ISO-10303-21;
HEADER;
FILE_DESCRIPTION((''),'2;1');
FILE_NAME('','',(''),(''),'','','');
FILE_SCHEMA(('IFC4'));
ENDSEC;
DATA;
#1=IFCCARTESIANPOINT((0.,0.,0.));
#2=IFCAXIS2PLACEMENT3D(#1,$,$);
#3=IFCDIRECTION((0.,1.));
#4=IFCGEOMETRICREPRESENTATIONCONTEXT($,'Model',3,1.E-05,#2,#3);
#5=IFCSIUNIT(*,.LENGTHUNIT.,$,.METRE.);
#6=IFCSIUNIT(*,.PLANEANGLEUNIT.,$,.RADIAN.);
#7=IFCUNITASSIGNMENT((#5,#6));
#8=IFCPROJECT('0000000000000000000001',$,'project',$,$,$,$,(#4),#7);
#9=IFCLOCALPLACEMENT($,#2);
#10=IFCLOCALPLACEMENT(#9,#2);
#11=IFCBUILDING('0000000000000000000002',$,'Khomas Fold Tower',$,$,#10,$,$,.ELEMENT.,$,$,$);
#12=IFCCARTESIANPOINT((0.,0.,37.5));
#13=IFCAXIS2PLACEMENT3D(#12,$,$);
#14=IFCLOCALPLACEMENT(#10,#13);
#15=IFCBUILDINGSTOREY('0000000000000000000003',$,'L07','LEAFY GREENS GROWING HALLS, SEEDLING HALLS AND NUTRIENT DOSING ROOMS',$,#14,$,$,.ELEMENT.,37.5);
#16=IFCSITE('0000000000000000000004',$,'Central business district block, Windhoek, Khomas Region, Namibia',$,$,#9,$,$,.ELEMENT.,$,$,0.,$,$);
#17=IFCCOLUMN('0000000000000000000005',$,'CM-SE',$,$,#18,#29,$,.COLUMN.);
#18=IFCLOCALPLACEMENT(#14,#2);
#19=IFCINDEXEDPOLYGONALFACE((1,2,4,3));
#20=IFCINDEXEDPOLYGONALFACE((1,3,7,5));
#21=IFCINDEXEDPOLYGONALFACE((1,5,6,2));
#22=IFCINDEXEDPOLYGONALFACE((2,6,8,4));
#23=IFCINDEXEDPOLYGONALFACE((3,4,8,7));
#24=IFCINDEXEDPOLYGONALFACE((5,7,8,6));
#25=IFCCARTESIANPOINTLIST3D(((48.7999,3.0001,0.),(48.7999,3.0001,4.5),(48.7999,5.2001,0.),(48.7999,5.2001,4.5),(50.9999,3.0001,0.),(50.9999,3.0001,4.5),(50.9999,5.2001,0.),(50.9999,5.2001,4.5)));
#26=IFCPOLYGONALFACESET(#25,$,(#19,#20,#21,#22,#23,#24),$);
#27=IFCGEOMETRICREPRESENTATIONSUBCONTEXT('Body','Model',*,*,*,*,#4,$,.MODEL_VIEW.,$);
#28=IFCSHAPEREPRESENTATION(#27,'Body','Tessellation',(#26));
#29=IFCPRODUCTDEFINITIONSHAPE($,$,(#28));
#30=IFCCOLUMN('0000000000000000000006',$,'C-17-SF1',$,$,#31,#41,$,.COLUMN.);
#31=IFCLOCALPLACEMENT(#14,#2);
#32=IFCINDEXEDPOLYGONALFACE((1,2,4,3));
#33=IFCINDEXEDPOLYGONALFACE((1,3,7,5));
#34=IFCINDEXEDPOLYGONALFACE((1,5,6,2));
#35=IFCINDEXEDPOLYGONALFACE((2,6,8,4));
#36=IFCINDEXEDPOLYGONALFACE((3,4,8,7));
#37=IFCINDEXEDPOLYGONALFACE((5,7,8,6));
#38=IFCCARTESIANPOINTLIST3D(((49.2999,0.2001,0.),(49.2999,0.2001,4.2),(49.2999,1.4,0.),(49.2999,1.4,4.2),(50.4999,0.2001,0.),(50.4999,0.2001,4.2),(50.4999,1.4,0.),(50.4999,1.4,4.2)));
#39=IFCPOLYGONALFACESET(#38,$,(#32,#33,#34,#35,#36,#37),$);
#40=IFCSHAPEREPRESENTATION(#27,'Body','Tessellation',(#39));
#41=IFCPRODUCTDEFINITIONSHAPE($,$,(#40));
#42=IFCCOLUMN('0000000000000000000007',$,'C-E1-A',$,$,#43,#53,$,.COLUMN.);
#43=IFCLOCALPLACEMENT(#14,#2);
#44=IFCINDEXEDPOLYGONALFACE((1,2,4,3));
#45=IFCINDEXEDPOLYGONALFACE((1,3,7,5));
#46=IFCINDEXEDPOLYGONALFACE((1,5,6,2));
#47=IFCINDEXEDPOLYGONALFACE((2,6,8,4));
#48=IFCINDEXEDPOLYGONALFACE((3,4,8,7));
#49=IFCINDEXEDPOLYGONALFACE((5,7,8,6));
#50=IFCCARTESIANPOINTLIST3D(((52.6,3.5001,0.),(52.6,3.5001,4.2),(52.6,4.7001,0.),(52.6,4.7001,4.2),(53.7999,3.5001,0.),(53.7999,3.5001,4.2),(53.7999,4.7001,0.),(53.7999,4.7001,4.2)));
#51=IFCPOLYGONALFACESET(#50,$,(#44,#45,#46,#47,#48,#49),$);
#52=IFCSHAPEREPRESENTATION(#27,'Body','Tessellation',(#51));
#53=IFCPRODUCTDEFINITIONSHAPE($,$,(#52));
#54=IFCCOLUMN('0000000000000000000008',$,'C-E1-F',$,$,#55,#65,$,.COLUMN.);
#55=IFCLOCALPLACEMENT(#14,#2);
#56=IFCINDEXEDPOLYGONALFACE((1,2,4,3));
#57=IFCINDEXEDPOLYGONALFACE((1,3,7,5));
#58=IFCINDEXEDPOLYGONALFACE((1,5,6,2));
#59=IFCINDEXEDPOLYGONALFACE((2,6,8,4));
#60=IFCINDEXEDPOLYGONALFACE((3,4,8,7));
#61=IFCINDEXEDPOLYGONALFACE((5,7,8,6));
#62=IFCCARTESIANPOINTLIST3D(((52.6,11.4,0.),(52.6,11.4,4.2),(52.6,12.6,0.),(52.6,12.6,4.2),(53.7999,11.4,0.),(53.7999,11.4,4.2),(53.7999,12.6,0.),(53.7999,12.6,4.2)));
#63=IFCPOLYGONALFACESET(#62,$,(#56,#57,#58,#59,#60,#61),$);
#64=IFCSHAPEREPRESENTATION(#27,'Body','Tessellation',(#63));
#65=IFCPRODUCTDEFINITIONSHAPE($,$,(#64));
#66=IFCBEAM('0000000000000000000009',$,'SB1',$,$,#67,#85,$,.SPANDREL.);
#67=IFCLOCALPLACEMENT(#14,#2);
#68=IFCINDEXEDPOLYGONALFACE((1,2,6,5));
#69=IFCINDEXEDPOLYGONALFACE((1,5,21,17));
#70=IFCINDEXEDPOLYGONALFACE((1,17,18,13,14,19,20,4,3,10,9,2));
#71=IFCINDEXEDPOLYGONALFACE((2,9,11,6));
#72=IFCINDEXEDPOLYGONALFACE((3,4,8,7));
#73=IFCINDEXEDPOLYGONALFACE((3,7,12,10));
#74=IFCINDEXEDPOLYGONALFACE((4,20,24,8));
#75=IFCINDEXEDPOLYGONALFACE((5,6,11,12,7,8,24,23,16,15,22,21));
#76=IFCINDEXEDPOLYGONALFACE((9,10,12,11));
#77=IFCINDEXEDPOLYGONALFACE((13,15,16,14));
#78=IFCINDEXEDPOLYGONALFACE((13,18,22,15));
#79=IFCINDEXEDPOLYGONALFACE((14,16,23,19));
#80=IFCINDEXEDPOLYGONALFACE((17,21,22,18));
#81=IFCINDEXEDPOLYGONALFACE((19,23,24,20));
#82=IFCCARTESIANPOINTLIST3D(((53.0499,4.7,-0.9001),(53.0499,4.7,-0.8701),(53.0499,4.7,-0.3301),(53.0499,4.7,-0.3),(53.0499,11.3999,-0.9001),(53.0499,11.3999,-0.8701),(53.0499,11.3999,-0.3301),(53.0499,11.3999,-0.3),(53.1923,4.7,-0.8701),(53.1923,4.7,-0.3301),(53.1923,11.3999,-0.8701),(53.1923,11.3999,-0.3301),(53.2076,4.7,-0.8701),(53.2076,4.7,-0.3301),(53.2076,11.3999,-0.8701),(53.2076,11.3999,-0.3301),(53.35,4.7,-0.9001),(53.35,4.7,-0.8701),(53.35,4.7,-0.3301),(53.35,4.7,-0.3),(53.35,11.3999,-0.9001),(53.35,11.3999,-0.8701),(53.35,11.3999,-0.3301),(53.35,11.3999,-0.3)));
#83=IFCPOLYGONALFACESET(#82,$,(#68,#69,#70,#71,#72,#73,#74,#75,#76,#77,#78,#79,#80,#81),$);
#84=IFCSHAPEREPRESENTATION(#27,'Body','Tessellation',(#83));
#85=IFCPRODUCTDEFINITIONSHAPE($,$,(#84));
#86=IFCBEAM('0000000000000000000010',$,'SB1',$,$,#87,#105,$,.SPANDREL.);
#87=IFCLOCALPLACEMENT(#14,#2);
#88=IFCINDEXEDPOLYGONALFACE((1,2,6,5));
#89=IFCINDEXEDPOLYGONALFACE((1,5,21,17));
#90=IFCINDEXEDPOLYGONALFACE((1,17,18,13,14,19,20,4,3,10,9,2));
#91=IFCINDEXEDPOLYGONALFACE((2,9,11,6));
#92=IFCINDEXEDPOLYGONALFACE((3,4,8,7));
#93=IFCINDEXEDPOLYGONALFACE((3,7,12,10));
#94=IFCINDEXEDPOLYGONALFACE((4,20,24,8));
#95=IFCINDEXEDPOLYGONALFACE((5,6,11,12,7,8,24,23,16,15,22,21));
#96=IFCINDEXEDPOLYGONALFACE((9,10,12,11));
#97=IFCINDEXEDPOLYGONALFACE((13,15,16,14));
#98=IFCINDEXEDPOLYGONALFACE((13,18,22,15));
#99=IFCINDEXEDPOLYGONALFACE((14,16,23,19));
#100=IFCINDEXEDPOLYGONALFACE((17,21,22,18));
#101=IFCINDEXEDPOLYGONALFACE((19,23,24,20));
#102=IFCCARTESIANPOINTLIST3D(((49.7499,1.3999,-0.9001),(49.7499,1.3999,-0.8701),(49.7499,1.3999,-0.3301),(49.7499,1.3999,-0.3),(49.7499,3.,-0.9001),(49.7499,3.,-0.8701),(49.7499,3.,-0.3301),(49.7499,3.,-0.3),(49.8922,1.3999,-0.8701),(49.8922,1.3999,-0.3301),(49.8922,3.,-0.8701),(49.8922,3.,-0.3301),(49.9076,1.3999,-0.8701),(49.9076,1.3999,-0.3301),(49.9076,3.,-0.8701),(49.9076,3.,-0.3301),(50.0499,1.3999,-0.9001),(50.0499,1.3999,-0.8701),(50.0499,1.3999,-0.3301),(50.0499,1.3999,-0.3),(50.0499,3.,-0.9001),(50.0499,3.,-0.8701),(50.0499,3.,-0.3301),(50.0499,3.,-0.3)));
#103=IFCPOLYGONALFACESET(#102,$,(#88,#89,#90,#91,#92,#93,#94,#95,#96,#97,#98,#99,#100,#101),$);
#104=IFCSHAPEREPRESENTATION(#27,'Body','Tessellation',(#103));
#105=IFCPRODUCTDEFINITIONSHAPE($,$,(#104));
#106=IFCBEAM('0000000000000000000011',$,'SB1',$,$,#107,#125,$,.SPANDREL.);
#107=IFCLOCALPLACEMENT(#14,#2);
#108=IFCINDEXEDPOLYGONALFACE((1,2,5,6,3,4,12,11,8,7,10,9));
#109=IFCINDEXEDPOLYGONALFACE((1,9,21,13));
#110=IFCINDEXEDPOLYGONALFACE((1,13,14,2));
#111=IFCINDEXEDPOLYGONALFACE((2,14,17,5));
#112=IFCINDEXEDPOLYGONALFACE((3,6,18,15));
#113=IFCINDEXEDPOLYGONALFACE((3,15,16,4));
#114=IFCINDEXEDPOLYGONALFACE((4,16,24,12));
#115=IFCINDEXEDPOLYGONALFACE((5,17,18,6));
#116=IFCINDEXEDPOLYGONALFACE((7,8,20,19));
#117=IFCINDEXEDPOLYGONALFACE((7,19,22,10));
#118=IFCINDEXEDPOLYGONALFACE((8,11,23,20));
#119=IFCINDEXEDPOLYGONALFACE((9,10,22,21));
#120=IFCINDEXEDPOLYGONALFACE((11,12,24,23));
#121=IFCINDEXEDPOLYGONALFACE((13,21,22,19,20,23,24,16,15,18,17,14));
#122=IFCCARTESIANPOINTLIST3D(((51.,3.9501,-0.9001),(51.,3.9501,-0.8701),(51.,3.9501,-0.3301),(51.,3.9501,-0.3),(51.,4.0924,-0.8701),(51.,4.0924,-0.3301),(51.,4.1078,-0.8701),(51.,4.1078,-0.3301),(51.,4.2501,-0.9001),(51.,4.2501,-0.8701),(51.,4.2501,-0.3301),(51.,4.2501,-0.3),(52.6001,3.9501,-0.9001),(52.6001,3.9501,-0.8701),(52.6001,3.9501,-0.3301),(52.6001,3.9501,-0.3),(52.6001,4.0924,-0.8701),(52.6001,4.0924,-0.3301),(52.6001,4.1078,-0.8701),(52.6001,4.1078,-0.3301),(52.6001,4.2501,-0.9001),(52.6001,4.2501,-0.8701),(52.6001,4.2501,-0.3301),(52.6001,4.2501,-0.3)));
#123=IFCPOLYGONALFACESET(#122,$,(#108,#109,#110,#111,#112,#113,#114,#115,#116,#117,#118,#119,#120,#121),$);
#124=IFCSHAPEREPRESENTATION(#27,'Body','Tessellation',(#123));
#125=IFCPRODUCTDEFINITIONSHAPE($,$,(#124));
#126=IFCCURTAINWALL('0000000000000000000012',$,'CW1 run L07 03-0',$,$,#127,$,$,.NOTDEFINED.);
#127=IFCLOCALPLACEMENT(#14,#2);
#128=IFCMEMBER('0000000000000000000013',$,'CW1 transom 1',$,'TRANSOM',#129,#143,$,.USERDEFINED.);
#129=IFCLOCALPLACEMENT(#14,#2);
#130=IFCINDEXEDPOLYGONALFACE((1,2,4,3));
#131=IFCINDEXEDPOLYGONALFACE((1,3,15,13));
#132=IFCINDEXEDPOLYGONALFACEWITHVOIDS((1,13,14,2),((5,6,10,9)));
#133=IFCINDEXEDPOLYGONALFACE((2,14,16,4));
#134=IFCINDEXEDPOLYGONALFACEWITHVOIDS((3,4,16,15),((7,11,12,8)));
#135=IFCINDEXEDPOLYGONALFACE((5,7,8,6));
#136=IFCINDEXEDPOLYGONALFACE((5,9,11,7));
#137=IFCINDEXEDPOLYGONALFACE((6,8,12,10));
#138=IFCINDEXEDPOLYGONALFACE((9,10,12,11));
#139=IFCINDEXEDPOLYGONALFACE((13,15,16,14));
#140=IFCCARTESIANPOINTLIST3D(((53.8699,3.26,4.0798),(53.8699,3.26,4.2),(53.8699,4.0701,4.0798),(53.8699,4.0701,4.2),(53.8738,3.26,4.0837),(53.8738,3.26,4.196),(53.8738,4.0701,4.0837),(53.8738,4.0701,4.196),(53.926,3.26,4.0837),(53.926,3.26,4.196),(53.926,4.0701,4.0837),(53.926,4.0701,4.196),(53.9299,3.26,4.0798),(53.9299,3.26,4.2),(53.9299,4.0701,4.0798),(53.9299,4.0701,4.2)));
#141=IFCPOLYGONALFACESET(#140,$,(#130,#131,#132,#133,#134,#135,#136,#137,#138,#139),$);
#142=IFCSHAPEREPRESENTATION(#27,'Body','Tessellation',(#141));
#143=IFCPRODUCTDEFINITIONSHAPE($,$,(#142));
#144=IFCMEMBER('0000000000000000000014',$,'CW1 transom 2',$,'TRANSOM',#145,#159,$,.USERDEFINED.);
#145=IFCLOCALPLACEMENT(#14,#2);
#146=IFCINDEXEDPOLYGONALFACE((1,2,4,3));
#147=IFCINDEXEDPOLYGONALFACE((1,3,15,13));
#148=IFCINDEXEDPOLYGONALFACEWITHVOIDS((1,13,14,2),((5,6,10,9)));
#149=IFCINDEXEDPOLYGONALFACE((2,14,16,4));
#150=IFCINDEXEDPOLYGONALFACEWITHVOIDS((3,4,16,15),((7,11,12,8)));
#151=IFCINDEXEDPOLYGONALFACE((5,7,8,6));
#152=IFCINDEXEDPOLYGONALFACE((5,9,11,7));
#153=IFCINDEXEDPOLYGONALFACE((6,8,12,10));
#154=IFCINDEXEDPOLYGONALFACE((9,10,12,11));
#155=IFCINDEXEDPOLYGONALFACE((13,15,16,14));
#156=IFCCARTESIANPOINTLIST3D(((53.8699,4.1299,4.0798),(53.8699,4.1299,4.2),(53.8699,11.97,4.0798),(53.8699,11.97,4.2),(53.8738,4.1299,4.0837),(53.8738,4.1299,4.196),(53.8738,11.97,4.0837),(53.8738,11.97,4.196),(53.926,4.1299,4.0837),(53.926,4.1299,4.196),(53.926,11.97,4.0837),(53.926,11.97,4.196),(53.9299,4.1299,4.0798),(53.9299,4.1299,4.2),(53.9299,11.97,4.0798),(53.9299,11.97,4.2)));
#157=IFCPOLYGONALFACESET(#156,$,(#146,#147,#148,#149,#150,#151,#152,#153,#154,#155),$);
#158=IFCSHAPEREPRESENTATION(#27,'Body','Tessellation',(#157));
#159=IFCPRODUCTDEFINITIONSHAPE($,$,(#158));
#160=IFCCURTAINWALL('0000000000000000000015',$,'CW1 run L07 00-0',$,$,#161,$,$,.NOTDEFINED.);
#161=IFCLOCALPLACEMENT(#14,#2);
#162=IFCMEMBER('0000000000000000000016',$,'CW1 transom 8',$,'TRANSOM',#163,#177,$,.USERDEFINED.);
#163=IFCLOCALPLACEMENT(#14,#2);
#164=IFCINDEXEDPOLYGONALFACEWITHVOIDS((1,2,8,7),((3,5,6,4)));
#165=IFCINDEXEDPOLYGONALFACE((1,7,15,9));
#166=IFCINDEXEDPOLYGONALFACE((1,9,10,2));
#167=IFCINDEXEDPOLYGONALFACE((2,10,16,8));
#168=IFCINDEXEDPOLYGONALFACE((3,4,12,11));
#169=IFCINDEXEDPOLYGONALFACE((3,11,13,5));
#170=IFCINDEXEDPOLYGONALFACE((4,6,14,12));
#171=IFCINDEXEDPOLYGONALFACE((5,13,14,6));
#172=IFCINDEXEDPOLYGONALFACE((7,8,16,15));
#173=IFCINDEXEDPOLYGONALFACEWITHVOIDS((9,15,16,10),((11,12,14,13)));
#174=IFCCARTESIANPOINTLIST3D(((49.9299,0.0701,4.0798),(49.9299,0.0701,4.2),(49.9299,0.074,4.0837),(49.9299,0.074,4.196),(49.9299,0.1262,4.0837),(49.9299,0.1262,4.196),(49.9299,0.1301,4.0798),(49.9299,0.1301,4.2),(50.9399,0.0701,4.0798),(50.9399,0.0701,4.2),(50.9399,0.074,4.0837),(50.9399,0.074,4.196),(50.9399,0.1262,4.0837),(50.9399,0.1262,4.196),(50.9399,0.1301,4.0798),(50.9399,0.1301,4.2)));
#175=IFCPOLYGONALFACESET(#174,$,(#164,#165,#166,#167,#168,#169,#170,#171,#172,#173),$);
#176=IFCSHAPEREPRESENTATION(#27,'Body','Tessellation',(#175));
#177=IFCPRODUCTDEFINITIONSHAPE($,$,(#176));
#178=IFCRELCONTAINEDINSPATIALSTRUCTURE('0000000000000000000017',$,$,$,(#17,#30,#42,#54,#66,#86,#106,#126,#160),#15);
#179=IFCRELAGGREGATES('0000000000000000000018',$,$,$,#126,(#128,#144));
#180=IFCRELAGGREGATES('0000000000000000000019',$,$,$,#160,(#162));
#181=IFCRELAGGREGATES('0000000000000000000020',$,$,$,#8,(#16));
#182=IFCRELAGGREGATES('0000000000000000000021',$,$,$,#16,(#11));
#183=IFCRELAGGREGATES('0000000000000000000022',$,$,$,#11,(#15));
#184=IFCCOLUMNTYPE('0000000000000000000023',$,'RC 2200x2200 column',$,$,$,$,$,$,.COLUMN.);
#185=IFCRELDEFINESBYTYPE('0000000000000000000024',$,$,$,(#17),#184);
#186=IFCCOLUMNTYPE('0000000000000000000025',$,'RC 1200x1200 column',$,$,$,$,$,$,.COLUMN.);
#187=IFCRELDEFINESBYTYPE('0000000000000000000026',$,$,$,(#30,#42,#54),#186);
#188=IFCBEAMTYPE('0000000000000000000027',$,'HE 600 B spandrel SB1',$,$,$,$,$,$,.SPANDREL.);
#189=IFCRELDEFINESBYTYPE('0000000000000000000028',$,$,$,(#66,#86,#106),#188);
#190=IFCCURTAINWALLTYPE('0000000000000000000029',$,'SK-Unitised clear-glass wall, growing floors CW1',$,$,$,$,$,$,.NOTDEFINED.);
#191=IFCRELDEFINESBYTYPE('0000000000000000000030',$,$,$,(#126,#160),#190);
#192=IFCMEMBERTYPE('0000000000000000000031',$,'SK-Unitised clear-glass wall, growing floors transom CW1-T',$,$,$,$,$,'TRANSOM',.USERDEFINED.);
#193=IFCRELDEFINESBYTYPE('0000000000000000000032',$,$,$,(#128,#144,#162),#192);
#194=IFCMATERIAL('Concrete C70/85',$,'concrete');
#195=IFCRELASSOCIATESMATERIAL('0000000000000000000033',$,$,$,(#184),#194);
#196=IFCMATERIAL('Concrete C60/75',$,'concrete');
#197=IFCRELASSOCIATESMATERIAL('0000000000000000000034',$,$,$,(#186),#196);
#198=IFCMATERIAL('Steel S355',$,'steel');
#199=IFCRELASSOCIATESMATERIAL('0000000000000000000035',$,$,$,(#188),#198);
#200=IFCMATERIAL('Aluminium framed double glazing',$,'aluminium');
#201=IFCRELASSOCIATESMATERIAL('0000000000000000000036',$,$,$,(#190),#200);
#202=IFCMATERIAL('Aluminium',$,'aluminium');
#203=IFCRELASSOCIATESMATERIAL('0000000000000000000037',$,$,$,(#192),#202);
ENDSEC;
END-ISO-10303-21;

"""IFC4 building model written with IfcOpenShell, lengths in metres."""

from ifc_helpers import new_model, si_unit, direction, frame, origin, origin_2d, place, context, subcontext, project, spatial, rectangle, hollow_rectangle, i_section, extrude, source, transform, mapped, material, material_profile, profile_set, type_object, element, aggregate, save


model = new_model("IFC4")

# Units and contexts
model_context = context("Model", 3, precision=1e-05, world=origin(), true_north=direction((0.0, 1.0)))
body_context = subcontext(model_context, "Body", "Model", "MODEL_VIEW")
ifc_project = project(units=[si_unit("LENGTHUNIT", "METRE"), si_unit("PLANEANGLEUNIT", "RADIAN")], contexts=[model_context])

# Site, building, storey
site_placement = place(None, origin())
site = spatial("IfcSite", under=ifc_project, at=site_placement, Name="Central business district block, Windhoek, Khomas Region, Namibia", CompositionType="ELEMENT", RefElevation=0.0)
building_placement = place(site_placement, origin())
building = spatial("IfcBuilding", under=site, at=building_placement, Name="Khomas Fold Tower", CompositionType="ELEMENT")
storey_placement = place(building_placement, frame((0.0, 0.0, 37.5)))
storey = spatial("IfcBuildingStorey", under=building, at=storey_placement, Name="L07", Description="LEAFY GREENS GROWING HALLS, SEEDLING HALLS AND NUTRIENT DOSING ROOMS", CompositionType="ELEMENT", Elevation=37.5)

# Columns
ifc_material_1 = material(Name="Concrete C70/85", Category="concrete")
ifc_material_profile_1 = material_profile(ifc_material_1, rectangle(XDim=2.2, YDim=2.2, at=origin_2d()), Name="RC 2200x2200")
ifc_profile_set_1 = profile_set([ifc_material_profile_1], Name="Concrete C70/85")
column_type_1 = type_object("IfcColumnType", Name="RC 2200x2200 column", PredefinedType="COLUMN", material=ifc_profile_set_1)
shared_shape_1 = source(origin(), body_context, "Body", "SweptSolid", [
    extrude(rectangle(XDim=2.2, YDim=2.2, at=origin_2d()), origin(), (0.0, 0.0, 1.0), 4.5),
])
column_placement = place(storey_placement, frame((49.8999, 4.1001, 0.0), z_axis=(0.0, 0.0, 1.0), x_axis=(1.0, 0.0, 0.0)))
element("IfcColumn", 1, at=column_placement, inside=storey, type_object=column_type_1, Name="CM-SE", PredefinedType="COLUMN", context=body_context, shape_type="MappedRepresentation", body=[
    mapped(shared_shape_1, transform((0.0, 0.0, 0.0))),
])
ifc_material_2 = material(Name="Concrete C60/75", Category="concrete")
ifc_material_profile_2 = material_profile(ifc_material_2, rectangle(XDim=1.2, YDim=1.2, at=origin_2d()), Name="RC 1200x1200")
ifc_profile_set_2 = profile_set([ifc_material_profile_2], Name="Concrete C60/75")
column_type_2 = type_object("IfcColumnType", Name="RC 1200x1200 column", PredefinedType="COLUMN", material=ifc_profile_set_2)
shared_shape_2 = source(origin(), body_context, "Body", "SweptSolid", [
    extrude(rectangle(XDim=1.2, YDim=1.2, at=origin_2d()), origin(), (0.0, 0.0, 1.0), 4.2),
])
for number, where, z_axis, x_axis, name in (
    (2, (49.8999, 0.8, 0.0), (0.0, 0.0, 1.0), (1.0, 0.0, 0.0), "C-17-SF1"),
    (3, (53.2, 4.1001, 0.0), (0.0, 0.0, 1.0), (1.0, 0.0, 0.0), "C-E1-A"),
    (4, (53.2, 12.0, 0.0), (0.0, 0.0, 1.0), (1.0, 0.0, 0.0), "C-E1-F"),
):
    element("IfcColumn", number, at=place(storey_placement, frame(where, z_axis=z_axis, x_axis=x_axis)), inside=storey, type_object=column_type_2, Name=name, PredefinedType="COLUMN", context=body_context, shape_type="MappedRepresentation", body=[
        mapped(shared_shape_2, transform((0.0, 0.0, 0.0))),
    ])

# Beams
ifc_material_3 = material(Name="Steel S355", Category="steel")
ifc_material_profile_3 = material_profile(ifc_material_3, i_section(OverallWidth=0.3, OverallDepth=0.6001, WebThickness=0.0154, FlangeThickness=0.03, at=origin_2d()), Name="HE 600 B")
ifc_profile_set_3 = profile_set([ifc_material_profile_3], Name="Steel S355")
beam_type = type_object("IfcBeamType", Name="HE 600 B spandrel SB1", PredefinedType="SPANDREL", material=ifc_profile_set_3)
shared_shape_3 = source(origin(), body_context, "Body", "SweptSolid", [
    extrude(i_section(OverallWidth=0.3, OverallDepth=0.6001, WebThickness=0.0154, FlangeThickness=0.03, at=origin_2d()), origin(), (0.0, 0.0, 1.0), 6.7),
])
beam_placement = place(storey_placement, frame((53.2, 4.7, -0.6001), z_axis=(0.0, 1.0, 0.0), x_axis=(-1.0, 0.0, 0.0)))
element("IfcBeam", 5, at=beam_placement, inside=storey, type_object=beam_type, Name="SB1", PredefinedType="SPANDREL", context=body_context, shape_type="MappedRepresentation", body=[
    mapped(shared_shape_3, transform((0.0, 0.0, 0.0))),
])
shared_shape_4 = source(origin(), body_context, "Body", "SweptSolid", [
    extrude(i_section(OverallWidth=0.3, OverallDepth=0.6001, WebThickness=0.0154, FlangeThickness=0.03, at=origin_2d()), origin(), (0.0, 0.0, 1.0), 1.6001),
])
for number, where, z_axis, x_axis, name in (
    (6, (49.8999, 1.3999, -0.6001), (0.0, 1.0, 0.0), (-1.0, 0.0, 0.0), "SB1"),
    (7, (51.0, 4.1001, -0.6001), (1.0, 0.0, 0.0), (0.0, 1.0, 0.0), "SB1"),
):
    element("IfcBeam", number, at=place(storey_placement, frame(where, z_axis=z_axis, x_axis=x_axis)), inside=storey, type_object=beam_type, Name=name, PredefinedType="SPANDREL", context=body_context, shape_type="MappedRepresentation", body=[
        mapped(shared_shape_4, transform((0.0, 0.0, 0.0))),
    ])

# Curtain wall, members
ifc_material_4 = material(Name="Aluminium framed double glazing", Category="aluminium")
curtain_wall_type = type_object("IfcCurtainWallType", Name="SK-Unitised clear-glass wall, growing floors CW1", PredefinedType="NOTDEFINED", material=ifc_material_4)
curtain_wall_1_placement = place(storey_placement, origin())
curtain_wall_1 = element("IfcCurtainWall", 8, at=curtain_wall_1_placement, inside=storey, type_object=curtain_wall_type, Name="CW1 run L07 03-0", PredefinedType="NOTDEFINED")
ifc_material_5 = material(Name="Aluminium", Category="aluminium")
ifc_material_profile_4 = material_profile(ifc_material_5, hollow_rectangle(XDim=0.0601, YDim=0.1201, WallThickness=0.0039, at=origin_2d()), Name="SK-Unitised clear-glass wall, growing floors transom CW1-T")
ifc_profile_set_4 = profile_set([ifc_material_profile_4], Name="Aluminium")
member_type_1 = type_object("IfcMemberType", Name="SK-Unitised clear-glass wall, growing floors transom CW1-T", ElementType="TRANSOM", PredefinedType="USERDEFINED", material=ifc_profile_set_4)
shared_shape_5 = source(origin(), body_context, "Body", "SweptSolid", [
    extrude(hollow_rectangle(XDim=0.0601, YDim=0.1201, WallThickness=0.0039, at=origin_2d()), origin(), (0.0, 0.0, 1.0), 0.8101),
])
member_1_placement = place(storey_placement, frame((53.8999, 3.26, 4.1399), z_axis=(0.0, 1.0, 0.0), x_axis=(-1.0, 0.0, 0.0)))
member_1 = element("IfcMember", 9, at=member_1_placement, type_object=member_type_1, Name="CW1 transom 1", ObjectType="TRANSOM", PredefinedType="USERDEFINED", context=body_context, shape_type="MappedRepresentation", body=[
    mapped(shared_shape_5, transform((0.0, 0.0, 0.0))),
])
shared_shape_6 = source(origin(), body_context, "Body", "SweptSolid", [
    extrude(hollow_rectangle(XDim=0.0601, YDim=0.1201, WallThickness=0.0039, at=origin_2d()), origin(), (0.0, 0.0, 1.0), 7.8401),
])
member_2_placement = place(storey_placement, frame((53.8999, 4.1299, 4.1399), z_axis=(0.0, 1.0, 0.0), x_axis=(-1.0, 0.0, 0.0)))
member_2 = element("IfcMember", 10, at=member_2_placement, type_object=member_type_1, Name="CW1 transom 2", ObjectType="TRANSOM", PredefinedType="USERDEFINED", context=body_context, shape_type="MappedRepresentation", body=[
    mapped(shared_shape_6, transform((0.0, 0.0, 0.0))),
])

# Curtain wall, member
curtain_wall_2_placement = place(storey_placement, origin())
curtain_wall_2 = element("IfcCurtainWall", 11, at=curtain_wall_2_placement, inside=storey, type_object=curtain_wall_type, Name="CW1 run L07 00-0", PredefinedType="NOTDEFINED")
shared_shape_7 = source(origin(), body_context, "Body", "SweptSolid", [
    extrude(hollow_rectangle(XDim=0.0601, YDim=0.1201, WallThickness=0.0039, at=origin_2d()), origin(), (0.0, 0.0, 1.0), 1.01),
])
member_3_placement = place(storey_placement, frame((49.9299, 0.1001, 4.1399), z_axis=(1.0, 0.0, 0.0), x_axis=(0.0, 1.0, 0.0)))
member_3 = element("IfcMember", 12, at=member_3_placement, type_object=member_type_1, Name="CW1 transom 8", ObjectType="TRANSOM", PredefinedType="USERDEFINED", context=body_context, shape_type="MappedRepresentation", body=[
    mapped(shared_shape_7, transform((0.0, 0.0, 0.0))),
])

aggregate(curtain_wall_1, [member_1, member_2])
aggregate(curtain_wall_2, [member_3])

save(model, "model.ifc")
